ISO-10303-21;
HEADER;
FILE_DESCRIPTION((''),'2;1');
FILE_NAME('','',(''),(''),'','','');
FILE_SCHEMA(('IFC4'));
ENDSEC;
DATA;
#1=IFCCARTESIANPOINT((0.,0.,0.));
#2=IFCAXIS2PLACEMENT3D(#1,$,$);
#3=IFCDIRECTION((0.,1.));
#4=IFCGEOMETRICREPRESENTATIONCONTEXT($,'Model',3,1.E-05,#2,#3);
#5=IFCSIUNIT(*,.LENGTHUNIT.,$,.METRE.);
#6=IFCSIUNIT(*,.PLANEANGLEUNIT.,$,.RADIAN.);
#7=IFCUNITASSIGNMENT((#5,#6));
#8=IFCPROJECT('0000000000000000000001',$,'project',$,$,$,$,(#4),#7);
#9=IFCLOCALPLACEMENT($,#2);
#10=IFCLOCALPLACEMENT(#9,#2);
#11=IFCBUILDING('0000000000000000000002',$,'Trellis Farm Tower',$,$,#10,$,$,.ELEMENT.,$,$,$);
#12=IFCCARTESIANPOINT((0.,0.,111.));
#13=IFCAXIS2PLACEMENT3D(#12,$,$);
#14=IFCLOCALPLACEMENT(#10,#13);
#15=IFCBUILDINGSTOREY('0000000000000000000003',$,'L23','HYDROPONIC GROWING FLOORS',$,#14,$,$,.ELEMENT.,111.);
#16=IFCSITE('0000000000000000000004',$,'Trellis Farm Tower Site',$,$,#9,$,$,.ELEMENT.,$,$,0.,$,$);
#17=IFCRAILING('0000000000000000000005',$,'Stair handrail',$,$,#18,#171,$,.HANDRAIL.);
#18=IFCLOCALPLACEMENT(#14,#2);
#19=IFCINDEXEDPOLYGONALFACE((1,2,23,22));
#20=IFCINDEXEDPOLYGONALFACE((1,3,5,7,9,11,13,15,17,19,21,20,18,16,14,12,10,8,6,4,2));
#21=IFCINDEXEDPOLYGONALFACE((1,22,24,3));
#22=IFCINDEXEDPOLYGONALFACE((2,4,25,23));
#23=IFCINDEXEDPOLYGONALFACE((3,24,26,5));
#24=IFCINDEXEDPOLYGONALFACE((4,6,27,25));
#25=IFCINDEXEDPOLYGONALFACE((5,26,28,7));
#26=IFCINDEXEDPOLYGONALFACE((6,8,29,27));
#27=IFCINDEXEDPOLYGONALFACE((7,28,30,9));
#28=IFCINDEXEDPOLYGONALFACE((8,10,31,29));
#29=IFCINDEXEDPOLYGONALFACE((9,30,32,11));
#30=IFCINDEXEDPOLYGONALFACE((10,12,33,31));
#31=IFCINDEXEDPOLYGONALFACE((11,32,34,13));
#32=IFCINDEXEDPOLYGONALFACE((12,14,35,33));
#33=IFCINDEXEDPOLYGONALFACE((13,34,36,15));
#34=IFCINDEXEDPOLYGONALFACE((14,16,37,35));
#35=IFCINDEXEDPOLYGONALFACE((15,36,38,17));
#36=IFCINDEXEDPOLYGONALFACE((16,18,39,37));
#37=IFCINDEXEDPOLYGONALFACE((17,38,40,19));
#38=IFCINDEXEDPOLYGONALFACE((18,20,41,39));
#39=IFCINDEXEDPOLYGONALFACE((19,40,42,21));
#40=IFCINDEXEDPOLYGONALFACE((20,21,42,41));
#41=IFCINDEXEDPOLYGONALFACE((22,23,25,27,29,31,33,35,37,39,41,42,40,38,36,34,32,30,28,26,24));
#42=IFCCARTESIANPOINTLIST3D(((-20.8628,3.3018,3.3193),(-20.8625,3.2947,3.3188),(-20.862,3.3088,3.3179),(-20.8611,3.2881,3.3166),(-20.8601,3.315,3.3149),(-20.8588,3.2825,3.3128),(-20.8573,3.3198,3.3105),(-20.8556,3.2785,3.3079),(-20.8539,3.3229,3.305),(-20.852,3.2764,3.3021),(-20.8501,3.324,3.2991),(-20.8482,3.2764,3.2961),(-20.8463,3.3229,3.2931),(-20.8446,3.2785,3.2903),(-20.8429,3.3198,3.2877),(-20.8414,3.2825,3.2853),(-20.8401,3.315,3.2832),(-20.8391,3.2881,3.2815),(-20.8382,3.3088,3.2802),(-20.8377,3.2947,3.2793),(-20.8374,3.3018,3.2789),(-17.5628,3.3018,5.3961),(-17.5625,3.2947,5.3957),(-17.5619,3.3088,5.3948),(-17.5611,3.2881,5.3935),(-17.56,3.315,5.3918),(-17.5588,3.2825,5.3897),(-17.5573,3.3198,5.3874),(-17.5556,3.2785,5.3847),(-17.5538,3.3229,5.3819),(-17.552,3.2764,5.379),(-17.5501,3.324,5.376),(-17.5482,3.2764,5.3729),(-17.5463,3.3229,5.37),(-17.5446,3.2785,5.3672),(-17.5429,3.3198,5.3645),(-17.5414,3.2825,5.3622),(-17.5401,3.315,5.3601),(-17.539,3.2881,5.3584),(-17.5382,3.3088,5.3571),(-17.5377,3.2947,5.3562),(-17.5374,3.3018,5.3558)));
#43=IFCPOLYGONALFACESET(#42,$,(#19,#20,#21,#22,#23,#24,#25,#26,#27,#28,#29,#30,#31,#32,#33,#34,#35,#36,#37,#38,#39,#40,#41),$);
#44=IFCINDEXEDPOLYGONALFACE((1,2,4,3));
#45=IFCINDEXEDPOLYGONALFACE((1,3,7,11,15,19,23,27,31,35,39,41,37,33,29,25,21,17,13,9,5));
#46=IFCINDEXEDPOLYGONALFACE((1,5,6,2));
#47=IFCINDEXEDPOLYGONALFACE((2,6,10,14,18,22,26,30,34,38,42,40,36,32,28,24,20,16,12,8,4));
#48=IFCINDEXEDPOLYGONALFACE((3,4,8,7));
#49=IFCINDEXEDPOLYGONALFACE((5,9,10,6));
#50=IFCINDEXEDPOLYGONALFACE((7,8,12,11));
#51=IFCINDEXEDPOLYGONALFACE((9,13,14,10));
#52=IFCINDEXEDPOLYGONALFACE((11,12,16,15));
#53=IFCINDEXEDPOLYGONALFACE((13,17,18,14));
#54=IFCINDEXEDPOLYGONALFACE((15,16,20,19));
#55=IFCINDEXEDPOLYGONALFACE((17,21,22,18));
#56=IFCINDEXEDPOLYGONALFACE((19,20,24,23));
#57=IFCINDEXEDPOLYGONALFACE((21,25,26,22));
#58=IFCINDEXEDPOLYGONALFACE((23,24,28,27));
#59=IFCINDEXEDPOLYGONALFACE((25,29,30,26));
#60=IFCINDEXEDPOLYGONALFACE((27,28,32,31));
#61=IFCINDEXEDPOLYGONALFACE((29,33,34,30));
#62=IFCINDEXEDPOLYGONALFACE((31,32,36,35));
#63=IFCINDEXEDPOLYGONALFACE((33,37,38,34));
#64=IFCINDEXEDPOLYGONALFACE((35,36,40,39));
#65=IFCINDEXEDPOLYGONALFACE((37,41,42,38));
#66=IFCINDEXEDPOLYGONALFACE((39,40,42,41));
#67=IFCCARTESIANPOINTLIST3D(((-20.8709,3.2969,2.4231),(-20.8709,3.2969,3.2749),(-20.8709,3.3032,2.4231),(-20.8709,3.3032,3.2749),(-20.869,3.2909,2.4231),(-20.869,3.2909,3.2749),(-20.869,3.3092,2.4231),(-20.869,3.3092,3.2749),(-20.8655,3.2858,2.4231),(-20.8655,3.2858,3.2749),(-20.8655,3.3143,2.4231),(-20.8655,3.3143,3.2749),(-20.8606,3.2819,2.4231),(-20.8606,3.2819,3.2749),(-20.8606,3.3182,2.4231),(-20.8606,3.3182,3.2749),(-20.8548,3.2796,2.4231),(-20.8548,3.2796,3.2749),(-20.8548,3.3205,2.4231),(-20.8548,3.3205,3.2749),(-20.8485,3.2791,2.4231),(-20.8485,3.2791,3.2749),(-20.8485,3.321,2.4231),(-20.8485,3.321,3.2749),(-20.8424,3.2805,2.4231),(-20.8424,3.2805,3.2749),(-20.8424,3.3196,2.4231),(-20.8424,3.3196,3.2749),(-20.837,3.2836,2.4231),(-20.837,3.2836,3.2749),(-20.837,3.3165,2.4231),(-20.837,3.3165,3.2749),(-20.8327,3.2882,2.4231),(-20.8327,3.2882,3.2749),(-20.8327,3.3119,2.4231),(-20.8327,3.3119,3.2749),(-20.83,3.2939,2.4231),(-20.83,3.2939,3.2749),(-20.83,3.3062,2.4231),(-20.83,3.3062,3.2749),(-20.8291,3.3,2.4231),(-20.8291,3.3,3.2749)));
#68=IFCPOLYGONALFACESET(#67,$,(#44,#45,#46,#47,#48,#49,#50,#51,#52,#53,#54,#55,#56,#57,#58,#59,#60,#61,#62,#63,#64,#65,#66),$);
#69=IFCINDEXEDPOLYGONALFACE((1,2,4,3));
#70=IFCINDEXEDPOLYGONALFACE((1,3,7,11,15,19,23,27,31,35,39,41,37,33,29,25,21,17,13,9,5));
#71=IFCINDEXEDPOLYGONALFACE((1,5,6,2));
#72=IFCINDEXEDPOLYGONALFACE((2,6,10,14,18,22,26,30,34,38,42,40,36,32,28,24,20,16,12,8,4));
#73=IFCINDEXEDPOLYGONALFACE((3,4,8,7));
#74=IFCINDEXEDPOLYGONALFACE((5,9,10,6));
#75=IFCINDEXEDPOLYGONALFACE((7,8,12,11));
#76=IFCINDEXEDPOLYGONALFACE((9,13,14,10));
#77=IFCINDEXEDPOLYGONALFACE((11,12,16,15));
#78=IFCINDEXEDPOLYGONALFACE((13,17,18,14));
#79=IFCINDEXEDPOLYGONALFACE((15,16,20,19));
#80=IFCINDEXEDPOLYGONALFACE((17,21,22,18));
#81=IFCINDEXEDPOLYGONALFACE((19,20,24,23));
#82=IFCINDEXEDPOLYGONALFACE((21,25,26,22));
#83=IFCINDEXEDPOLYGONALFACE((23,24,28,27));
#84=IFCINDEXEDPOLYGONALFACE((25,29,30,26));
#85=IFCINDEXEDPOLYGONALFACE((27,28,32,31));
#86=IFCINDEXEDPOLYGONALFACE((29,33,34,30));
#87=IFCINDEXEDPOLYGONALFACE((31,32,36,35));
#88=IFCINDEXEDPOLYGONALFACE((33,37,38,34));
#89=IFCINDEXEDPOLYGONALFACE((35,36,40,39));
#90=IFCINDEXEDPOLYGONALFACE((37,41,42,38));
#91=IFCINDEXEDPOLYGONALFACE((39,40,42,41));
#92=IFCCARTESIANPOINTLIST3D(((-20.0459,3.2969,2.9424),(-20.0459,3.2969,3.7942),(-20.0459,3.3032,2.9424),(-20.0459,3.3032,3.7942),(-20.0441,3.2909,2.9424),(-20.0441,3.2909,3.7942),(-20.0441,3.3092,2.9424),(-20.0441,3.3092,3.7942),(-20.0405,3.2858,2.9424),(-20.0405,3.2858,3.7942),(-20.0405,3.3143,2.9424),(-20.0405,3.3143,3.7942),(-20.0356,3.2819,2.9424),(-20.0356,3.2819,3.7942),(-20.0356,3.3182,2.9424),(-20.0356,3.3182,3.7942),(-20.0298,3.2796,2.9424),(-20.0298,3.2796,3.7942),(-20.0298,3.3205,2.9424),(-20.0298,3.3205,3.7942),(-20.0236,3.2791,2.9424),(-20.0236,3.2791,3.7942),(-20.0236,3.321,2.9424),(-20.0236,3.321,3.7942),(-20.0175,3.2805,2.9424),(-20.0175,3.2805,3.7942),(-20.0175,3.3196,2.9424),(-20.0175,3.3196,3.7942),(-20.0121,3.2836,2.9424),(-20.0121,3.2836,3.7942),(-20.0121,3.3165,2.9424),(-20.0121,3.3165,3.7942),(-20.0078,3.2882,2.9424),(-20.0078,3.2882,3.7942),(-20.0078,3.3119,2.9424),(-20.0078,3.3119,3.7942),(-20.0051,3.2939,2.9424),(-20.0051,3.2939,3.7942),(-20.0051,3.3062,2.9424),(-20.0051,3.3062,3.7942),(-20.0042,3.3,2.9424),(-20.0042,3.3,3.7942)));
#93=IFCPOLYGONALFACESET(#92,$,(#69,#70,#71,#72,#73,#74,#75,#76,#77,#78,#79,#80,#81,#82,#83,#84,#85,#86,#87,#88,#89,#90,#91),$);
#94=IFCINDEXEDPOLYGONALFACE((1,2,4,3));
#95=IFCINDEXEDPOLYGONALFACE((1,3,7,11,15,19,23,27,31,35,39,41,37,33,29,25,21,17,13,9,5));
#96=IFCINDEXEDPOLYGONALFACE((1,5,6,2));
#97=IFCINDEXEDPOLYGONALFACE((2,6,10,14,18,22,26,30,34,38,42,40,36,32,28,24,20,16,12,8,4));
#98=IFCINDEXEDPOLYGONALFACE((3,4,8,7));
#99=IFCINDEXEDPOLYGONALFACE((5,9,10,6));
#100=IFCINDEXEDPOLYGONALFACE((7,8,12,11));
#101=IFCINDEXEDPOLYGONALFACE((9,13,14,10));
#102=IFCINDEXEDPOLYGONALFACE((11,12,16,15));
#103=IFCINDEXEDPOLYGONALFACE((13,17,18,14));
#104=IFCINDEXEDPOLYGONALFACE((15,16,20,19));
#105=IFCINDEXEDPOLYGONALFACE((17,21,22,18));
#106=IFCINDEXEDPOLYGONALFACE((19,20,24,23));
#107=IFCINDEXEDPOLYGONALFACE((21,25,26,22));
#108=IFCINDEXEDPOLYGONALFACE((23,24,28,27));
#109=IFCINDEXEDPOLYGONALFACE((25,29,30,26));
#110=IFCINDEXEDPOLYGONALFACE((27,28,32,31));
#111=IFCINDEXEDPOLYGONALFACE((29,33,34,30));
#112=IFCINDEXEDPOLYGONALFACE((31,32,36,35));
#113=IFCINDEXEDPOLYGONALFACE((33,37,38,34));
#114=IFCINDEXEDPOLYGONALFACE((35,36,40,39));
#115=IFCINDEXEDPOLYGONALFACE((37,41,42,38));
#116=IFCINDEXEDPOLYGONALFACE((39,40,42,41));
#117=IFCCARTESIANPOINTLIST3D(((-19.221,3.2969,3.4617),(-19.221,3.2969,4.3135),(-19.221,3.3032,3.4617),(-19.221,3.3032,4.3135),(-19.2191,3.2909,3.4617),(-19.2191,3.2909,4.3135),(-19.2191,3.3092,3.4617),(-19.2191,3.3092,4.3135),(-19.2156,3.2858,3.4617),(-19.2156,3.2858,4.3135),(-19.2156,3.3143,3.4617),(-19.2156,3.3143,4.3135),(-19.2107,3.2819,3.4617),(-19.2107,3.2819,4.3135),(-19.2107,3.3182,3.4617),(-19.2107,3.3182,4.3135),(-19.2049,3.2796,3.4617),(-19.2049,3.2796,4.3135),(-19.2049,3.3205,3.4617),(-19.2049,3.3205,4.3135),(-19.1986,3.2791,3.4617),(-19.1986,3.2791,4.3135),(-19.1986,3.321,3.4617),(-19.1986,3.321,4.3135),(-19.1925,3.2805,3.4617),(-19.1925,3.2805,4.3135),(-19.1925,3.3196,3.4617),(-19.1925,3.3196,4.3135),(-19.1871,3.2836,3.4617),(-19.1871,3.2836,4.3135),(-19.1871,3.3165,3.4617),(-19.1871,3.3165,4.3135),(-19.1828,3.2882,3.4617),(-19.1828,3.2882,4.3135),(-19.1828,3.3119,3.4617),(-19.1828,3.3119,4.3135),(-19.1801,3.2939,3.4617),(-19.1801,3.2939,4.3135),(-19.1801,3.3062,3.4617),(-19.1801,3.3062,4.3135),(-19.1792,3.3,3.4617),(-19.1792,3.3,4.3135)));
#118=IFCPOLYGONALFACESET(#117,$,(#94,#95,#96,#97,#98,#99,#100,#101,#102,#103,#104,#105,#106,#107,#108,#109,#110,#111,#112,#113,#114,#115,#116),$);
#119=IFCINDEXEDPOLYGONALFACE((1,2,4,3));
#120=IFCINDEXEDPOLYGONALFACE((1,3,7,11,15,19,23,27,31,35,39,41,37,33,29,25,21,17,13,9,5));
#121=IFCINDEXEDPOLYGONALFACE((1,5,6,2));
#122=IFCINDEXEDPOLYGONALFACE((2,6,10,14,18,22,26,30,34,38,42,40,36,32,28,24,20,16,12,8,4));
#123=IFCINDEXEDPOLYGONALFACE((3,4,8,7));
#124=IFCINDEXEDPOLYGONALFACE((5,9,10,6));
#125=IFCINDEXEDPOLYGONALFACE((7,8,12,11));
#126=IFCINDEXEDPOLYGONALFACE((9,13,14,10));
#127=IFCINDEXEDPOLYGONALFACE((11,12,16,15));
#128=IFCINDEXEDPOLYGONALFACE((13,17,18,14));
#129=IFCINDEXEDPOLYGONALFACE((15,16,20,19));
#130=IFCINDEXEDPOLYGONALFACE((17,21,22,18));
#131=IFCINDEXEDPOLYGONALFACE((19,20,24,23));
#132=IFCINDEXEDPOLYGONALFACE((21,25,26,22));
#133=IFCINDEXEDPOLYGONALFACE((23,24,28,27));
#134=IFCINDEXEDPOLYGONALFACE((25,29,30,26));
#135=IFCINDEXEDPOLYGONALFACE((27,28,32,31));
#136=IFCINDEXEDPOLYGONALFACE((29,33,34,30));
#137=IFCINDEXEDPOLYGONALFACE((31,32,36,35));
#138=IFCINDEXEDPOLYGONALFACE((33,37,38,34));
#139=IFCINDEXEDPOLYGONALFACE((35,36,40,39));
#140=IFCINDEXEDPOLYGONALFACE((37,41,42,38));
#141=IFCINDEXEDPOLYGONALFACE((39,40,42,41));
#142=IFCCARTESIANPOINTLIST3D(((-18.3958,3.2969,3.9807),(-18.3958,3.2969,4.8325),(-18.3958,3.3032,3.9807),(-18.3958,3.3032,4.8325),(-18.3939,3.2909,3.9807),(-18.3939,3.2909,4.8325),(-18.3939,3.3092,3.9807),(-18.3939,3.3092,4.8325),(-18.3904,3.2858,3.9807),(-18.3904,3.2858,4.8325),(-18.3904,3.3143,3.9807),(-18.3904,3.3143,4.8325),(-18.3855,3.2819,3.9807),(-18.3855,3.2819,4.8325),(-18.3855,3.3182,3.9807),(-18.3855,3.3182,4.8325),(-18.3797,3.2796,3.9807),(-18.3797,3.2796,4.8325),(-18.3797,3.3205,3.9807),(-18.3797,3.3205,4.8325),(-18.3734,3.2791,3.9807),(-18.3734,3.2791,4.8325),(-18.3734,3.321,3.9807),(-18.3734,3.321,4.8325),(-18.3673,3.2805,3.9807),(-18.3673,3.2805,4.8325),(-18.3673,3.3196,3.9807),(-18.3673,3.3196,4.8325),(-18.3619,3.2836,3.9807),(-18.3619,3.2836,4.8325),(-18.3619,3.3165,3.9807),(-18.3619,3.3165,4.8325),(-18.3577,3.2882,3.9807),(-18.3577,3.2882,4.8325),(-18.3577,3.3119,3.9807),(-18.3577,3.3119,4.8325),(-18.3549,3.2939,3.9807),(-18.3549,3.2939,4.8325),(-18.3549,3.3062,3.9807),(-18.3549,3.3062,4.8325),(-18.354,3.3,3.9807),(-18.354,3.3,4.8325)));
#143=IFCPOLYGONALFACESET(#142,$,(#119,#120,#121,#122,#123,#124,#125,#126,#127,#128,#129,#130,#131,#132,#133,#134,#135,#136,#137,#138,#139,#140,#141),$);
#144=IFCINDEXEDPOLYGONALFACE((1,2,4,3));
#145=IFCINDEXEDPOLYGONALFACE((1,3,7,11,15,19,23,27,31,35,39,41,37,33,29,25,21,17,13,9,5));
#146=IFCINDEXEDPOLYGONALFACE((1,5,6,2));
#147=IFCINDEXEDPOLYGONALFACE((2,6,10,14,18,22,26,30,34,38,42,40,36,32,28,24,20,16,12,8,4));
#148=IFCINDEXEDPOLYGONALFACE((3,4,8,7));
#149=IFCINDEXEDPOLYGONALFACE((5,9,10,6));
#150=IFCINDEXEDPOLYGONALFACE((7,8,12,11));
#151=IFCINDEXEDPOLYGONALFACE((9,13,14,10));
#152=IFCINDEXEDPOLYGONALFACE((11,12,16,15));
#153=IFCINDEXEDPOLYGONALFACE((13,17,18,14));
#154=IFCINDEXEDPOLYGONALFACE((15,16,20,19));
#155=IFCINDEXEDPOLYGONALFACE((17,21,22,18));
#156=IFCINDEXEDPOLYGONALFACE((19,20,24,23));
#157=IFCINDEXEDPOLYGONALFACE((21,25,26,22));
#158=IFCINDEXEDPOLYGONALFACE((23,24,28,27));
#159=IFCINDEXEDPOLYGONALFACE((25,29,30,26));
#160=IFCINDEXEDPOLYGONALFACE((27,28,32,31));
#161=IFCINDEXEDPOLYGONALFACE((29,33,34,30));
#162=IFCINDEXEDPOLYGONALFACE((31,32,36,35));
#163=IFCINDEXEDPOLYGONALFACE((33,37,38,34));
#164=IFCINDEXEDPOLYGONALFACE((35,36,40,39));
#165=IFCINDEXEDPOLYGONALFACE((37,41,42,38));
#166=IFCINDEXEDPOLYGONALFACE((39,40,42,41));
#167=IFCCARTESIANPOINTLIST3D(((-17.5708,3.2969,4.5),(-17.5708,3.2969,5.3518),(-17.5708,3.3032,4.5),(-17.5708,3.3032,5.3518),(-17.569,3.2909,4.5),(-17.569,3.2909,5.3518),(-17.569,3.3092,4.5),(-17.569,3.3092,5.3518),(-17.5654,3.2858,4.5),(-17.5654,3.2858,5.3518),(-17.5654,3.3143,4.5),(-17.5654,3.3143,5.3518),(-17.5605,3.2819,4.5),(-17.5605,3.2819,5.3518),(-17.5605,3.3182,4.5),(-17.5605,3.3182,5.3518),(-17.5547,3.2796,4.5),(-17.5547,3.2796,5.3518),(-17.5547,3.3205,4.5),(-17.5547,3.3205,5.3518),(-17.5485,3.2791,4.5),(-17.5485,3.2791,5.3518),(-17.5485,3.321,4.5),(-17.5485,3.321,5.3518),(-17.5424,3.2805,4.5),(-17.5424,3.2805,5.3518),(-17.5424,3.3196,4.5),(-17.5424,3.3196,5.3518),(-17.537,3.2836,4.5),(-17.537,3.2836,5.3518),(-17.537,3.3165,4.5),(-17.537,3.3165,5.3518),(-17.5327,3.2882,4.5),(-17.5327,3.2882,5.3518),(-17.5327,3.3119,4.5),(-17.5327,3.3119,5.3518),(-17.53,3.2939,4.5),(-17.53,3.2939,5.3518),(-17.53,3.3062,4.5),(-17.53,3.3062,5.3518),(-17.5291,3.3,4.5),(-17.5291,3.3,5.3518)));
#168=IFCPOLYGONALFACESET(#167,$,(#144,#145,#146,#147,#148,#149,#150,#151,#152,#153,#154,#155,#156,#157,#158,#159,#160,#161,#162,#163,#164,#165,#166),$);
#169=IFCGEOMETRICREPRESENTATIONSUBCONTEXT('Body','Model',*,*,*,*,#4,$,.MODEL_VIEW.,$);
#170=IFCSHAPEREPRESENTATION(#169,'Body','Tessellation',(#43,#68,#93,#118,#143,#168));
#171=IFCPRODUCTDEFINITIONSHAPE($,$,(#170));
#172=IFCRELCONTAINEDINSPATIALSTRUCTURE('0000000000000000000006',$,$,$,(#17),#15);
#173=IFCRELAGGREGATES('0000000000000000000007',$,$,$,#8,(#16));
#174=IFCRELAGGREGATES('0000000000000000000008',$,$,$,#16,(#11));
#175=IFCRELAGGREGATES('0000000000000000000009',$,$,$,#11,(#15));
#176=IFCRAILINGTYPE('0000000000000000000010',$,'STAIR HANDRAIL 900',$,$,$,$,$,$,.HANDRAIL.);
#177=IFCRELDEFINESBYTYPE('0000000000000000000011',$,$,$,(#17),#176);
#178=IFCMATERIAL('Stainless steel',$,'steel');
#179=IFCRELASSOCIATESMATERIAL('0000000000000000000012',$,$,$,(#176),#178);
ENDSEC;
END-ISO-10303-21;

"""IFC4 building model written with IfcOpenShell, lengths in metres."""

from ifc_helpers import new_model, si_unit, direction, frame, origin, origin_2d, place, context, subcontext, project, spatial, circle, extrude, source, transform, mapped, material, type_object, element, save


model = new_model("IFC4")

# Units and contexts
model_context = context("Model", 3, precision=1e-05, world=origin(), true_north=direction((0.0, 1.0)))
body_context = subcontext(model_context, "Body", "Model", "MODEL_VIEW")
ifc_project = project(units=[si_unit("LENGTHUNIT", "METRE"), si_unit("PLANEANGLEUNIT", "RADIAN")], contexts=[model_context])

# Site, building, storey
site_placement = place(None, origin())
site = spatial("IfcSite", under=ifc_project, at=site_placement, Name="Trellis Farm Tower Site", CompositionType="ELEMENT", RefElevation=0.0)
building_placement = place(site_placement, origin())
building = spatial("IfcBuilding", under=site, at=building_placement, Name="Trellis Farm Tower", CompositionType="ELEMENT")
storey_placement = place(building_placement, frame((0.0, 0.0, 111.0)))
storey = spatial("IfcBuildingStorey", under=building, at=storey_placement, Name="L23", Description="HYDROPONIC GROWING FLOORS", CompositionType="ELEMENT", Elevation=111.0)

# Railing
ifc_material_1 = material(Name="Stainless steel", Category="steel")
railing_type = type_object("IfcRailingType", Name="STAIR HANDRAIL 900", PredefinedType="HANDRAIL", material=ifc_material_1)
shared_shape_1 = source(origin(), body_context, "Body", "SweptSolid", [
    extrude(circle(Radius=0.0239, at=origin_2d()), frame((0.0, 0.0, 0.876), z_axis=(0.846337, 0.0, 0.532647), x_axis=(0.0, 1.0, 0.0)), (0.0, 0.0, 1.0), 3.8992),
    extrude(circle(Radius=0.021, at=origin_2d()), origin(), (0.0, 0.0, 1.0), 0.8518),
    extrude(circle(Radius=0.021, at=origin_2d()), frame((0.825, 0.0, 0.5193)), (0.0, 0.0, 1.0), 0.8518),
    extrude(circle(Radius=0.021, at=origin_2d()), frame((1.6499, 0.0, 1.0386)), (0.0, 0.0, 1.0), 0.8518),
    extrude(circle(Radius=0.021, at=origin_2d()), frame((2.4751, 0.0, 1.5576)), (0.0, 0.0, 1.0), 0.8518),
    extrude(circle(Radius=0.021, at=origin_2d()), frame((3.3, 0.0, 2.0769)), (0.0, 0.0, 1.0), 0.8518),
])
for number, where, name in (
    (1, (-20.8501, 3.3, 2.4231), "Stair handrail"),
):
    element("IfcRailing", number, at=place(storey_placement, frame(where)), inside=storey, type_object=railing_type, Name=name, PredefinedType="HANDRAIL", context=body_context, shape_type="MappedRepresentation", body=[
        mapped(shared_shape_1, transform((0.0, 0.0, 0.0))),
    ])

save(model, "model.ifc")
